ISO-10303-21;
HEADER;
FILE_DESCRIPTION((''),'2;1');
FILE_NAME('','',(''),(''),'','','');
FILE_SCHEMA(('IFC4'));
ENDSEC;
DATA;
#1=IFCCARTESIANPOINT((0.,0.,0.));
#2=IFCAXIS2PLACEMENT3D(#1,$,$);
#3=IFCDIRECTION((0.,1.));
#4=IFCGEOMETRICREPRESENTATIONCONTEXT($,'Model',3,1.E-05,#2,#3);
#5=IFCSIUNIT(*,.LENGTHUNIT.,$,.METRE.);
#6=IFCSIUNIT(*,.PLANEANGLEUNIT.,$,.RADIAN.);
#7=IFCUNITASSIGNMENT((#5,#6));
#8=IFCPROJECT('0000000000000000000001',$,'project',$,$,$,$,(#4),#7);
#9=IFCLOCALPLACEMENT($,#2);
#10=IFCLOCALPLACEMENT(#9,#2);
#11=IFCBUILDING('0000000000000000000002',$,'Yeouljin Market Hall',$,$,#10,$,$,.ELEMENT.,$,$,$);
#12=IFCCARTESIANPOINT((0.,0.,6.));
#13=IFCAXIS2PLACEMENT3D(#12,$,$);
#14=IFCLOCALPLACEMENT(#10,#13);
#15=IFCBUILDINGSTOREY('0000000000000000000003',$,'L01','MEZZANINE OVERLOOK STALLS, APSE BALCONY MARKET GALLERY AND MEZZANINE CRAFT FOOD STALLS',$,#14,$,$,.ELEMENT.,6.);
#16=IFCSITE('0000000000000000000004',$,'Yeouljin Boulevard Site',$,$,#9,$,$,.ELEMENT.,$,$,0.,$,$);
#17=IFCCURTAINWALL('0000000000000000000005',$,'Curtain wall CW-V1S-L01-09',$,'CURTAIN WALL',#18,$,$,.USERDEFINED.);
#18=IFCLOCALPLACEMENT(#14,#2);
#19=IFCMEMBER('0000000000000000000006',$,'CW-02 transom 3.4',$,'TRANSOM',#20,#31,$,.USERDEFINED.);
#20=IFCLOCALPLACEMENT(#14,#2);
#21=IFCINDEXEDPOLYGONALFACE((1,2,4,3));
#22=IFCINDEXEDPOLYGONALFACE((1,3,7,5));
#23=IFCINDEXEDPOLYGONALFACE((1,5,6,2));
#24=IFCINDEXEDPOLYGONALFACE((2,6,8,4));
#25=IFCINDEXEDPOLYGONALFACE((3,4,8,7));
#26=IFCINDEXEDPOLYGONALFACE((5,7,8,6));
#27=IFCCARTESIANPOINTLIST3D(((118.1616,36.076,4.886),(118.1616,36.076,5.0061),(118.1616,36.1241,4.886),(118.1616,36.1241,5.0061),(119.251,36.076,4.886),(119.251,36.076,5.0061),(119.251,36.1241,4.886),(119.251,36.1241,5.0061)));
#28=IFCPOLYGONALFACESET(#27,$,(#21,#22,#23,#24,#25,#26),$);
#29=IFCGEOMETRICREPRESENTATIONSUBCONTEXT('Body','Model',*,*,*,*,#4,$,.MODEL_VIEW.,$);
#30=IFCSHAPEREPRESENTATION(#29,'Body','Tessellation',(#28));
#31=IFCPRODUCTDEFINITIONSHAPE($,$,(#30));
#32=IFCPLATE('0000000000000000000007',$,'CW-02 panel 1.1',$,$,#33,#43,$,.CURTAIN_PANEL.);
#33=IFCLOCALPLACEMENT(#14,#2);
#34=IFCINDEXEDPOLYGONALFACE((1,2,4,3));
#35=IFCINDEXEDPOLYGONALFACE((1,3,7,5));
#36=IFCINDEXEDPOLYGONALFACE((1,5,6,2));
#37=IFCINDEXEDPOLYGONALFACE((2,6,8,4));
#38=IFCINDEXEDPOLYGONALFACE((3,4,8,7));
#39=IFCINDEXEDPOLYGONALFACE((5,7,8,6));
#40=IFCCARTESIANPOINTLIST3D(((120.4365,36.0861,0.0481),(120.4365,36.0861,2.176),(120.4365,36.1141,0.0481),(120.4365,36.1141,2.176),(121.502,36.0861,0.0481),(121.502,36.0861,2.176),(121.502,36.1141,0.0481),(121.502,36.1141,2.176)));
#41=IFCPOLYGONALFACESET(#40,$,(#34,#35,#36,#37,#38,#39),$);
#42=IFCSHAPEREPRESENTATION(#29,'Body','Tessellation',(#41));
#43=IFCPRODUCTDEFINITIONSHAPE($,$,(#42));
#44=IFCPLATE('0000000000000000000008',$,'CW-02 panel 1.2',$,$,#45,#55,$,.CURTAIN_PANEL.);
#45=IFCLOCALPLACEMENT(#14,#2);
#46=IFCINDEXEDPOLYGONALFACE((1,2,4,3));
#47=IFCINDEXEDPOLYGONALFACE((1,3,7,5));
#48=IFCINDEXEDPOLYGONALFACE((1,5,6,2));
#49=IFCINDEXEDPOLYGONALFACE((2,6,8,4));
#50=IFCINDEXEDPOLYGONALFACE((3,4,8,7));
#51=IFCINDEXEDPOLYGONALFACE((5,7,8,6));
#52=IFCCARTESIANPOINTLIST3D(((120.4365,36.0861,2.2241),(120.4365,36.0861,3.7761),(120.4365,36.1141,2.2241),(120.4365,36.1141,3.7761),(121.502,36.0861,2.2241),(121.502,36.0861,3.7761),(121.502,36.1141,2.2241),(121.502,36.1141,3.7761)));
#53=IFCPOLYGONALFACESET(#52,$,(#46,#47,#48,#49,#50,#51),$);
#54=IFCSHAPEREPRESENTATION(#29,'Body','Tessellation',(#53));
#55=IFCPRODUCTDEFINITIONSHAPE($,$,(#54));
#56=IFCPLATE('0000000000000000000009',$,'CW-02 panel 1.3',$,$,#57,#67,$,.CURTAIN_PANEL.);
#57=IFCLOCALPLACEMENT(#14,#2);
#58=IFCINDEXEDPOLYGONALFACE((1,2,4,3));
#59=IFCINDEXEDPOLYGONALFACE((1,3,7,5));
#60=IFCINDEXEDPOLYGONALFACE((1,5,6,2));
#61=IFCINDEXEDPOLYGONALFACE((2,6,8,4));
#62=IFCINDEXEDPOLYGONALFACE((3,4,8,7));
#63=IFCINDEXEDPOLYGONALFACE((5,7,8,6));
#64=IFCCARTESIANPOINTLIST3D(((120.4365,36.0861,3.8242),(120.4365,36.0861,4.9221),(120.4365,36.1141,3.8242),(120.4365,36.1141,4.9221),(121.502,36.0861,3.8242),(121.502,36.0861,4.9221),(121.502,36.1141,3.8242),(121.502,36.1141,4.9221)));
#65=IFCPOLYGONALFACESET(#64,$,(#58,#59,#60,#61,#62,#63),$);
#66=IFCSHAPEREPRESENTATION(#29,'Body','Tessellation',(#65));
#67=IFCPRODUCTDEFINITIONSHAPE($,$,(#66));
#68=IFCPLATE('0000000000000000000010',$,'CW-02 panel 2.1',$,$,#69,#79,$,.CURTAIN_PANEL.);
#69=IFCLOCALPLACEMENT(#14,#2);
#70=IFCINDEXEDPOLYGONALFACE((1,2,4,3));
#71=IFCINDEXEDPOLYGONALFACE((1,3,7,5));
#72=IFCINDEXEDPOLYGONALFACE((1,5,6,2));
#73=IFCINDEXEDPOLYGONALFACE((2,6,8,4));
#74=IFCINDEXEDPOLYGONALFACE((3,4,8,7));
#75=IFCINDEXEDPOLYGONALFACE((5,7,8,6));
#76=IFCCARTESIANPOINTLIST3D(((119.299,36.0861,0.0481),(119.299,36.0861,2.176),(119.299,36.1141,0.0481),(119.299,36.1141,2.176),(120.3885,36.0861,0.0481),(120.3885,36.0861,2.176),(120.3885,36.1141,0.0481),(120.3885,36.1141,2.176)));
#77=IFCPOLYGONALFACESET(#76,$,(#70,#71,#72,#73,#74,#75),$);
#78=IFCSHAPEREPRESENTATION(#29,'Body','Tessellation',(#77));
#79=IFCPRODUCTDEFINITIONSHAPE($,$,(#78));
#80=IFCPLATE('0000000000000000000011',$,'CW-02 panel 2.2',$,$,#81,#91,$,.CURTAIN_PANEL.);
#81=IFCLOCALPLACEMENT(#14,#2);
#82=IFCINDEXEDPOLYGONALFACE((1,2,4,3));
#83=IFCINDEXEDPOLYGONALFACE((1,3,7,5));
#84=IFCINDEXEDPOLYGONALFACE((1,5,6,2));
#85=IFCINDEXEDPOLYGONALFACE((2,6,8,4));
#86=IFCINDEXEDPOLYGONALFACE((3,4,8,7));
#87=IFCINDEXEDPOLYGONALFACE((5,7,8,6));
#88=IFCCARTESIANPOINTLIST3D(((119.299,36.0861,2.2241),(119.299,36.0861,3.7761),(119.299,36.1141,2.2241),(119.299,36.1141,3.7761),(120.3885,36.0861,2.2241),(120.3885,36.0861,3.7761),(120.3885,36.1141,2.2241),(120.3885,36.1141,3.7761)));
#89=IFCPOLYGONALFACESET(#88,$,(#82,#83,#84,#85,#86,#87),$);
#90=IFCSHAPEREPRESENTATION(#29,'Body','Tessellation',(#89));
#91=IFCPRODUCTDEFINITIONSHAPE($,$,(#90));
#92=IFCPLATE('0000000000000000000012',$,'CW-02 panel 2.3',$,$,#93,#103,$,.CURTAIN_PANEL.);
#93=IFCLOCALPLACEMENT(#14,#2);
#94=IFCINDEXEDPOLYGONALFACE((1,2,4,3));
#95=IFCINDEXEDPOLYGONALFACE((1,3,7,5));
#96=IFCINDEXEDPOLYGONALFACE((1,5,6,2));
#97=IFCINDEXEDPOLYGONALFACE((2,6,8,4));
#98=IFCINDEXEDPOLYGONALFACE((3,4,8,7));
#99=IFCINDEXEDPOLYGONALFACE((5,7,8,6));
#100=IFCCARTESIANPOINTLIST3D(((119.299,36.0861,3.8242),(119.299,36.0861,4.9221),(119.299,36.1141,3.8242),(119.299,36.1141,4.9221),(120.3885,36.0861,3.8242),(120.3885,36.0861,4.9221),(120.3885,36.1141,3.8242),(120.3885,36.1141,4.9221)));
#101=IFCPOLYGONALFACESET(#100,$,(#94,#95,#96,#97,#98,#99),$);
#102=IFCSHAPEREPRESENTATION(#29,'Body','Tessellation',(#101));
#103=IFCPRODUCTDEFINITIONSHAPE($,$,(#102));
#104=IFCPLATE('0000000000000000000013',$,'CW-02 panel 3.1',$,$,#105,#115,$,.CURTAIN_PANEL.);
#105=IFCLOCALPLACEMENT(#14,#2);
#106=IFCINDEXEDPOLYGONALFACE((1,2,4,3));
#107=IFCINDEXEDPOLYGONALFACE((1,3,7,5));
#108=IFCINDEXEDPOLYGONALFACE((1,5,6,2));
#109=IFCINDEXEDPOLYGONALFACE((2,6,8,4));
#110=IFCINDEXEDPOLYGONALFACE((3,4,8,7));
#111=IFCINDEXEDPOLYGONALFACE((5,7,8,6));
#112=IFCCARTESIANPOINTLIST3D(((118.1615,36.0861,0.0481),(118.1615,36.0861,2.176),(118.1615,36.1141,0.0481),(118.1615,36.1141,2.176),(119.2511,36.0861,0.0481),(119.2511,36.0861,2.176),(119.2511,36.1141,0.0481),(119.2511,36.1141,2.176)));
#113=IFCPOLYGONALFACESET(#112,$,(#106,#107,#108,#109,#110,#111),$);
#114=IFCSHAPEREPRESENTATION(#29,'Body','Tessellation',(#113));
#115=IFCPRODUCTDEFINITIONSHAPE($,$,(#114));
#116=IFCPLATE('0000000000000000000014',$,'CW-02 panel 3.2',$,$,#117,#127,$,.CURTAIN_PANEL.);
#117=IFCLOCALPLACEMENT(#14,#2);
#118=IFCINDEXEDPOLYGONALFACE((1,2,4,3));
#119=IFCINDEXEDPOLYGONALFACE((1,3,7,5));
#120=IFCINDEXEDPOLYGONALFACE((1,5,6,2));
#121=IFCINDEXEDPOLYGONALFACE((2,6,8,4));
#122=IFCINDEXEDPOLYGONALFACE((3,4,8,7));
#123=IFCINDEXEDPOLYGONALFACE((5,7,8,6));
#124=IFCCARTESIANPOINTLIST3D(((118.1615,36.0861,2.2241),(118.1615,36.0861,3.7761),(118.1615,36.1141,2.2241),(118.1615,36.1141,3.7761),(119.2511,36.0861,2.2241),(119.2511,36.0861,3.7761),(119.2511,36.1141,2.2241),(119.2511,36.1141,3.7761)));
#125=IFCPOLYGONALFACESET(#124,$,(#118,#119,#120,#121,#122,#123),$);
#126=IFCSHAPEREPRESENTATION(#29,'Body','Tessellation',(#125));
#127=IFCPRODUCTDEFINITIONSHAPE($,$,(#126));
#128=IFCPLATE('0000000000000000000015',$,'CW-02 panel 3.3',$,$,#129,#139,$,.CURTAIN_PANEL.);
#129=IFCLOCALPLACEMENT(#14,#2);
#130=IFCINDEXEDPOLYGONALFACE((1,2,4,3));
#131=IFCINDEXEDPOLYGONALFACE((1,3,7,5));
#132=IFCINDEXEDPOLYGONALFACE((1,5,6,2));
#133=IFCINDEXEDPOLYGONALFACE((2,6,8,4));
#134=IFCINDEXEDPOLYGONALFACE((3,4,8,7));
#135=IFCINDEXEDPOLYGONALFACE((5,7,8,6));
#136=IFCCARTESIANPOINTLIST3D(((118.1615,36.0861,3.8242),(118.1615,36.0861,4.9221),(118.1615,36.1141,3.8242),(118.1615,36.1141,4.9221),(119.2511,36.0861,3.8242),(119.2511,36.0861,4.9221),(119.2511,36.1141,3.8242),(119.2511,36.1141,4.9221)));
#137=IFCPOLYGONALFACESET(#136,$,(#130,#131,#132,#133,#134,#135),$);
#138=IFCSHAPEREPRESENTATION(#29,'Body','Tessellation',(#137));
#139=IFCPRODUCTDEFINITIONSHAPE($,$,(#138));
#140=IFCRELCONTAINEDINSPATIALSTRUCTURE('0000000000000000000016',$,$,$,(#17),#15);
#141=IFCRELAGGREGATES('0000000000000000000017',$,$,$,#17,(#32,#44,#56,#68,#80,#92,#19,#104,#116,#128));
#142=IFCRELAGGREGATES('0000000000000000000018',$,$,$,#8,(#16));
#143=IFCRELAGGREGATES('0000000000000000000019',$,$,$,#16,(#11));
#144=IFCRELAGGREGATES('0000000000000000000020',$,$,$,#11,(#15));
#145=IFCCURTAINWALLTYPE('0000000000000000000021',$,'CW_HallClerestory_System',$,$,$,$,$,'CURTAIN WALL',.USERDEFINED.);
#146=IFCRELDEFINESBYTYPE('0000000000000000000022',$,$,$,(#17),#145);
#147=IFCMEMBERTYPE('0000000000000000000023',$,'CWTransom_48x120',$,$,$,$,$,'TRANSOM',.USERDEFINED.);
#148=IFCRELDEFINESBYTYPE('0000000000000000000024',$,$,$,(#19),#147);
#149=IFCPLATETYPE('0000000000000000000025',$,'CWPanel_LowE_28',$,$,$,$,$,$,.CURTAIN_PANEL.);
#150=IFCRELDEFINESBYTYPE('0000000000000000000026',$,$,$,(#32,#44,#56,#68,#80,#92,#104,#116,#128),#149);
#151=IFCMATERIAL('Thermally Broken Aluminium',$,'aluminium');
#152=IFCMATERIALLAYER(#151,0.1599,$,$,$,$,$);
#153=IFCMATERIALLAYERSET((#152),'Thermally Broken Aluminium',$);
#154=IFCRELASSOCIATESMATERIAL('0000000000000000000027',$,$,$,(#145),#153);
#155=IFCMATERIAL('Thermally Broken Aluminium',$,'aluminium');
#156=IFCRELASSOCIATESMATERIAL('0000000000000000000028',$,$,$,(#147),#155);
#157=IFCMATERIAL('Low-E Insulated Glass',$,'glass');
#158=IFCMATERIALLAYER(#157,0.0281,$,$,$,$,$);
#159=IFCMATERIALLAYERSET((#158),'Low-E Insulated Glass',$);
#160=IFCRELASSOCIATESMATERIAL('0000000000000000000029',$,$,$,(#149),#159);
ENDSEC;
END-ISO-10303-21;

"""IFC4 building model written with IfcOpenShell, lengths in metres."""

from ifc_helpers import new_model, si_unit, direction, frame, origin, origin_2d, place, context, subcontext, project, spatial, rectangle, extrude, material, layer, layer_set, material_profile, profile_set, type_object, element, aggregate, save


model = new_model("IFC4")

# Units and contexts
model_context = context("Model", 3, precision=1e-05, world=origin(), true_north=direction((0.0, 1.0)))
body_context = subcontext(model_context, "Body", "Model", "MODEL_VIEW")
ifc_project = project(units=[si_unit("LENGTHUNIT", "METRE"), si_unit("PLANEANGLEUNIT", "RADIAN")], contexts=[model_context])

# Site, building, storey
site_placement = place(None, origin())
site = spatial("IfcSite", under=ifc_project, at=site_placement, Name="Yeouljin Boulevard Site", CompositionType="ELEMENT", RefElevation=0.0)
building_placement = place(site_placement, origin())
building = spatial("IfcBuilding", under=site, at=building_placement, Name="Yeouljin Market Hall", CompositionType="ELEMENT")
storey_placement = place(building_placement, frame((0.0, 0.0, 6.0)))
storey = spatial("IfcBuildingStorey", under=building, at=storey_placement, Name="L01", Description="MEZZANINE OVERLOOK STALLS, APSE BALCONY MARKET GALLERY AND MEZZANINE CRAFT FOOD STALLS", CompositionType="ELEMENT", Elevation=6.0)

# Curtain wall, member, plates
ifc_material_1 = material(Name="Thermally Broken Aluminium", Category="aluminium")
ifc_layer_1 = layer(ifc_material_1, 0.1599)
ifc_layer_set_1 = layer_set([ifc_layer_1], Name="Thermally Broken Aluminium")
curtain_wall_type = type_object("IfcCurtainWallType", Name="CW_HallClerestory_System", ElementType="CURTAIN WALL", PredefinedType="USERDEFINED", material=ifc_layer_set_1)
curtain_wall_placement = place(storey_placement, origin())
curtain_wall = element("IfcCurtainWall", 1, at=curtain_wall_placement, inside=storey, type_object=curtain_wall_type, Name="Curtain wall CW-V1S-L01-09", ObjectType="CURTAIN WALL", PredefinedType="USERDEFINED")
ifc_material_2 = material(Name="Thermally Broken Aluminium", Category="aluminium")
ifc_material_profile_1 = material_profile(ifc_material_2, rectangle(XDim=0.0481, YDim=0.1201, at=origin_2d()), Name="CW-TRAN-48x120")
ifc_profile_set_1 = profile_set([ifc_material_profile_1], Name="Thermally Broken Aluminium")
member_type_1 = type_object("IfcMemberType", Name="CWTransom_48x120", ElementType="TRANSOM", PredefinedType="USERDEFINED", material=ifc_profile_set_1)
member_1_placement = place(storey_placement, frame((119.251, 36.1001, 4.946), z_axis=(-1.0, 0.0, 0.0), x_axis=(0.0, -1.0, 0.0)))
member_1 = element("IfcMember", 2, at=member_1_placement, type_object=member_type_1, Name="CW-02 transom 3.4", ObjectType="TRANSOM", PredefinedType="USERDEFINED", context=body_context, shape_type="SweptSolid", body=[
    extrude(rectangle(XDim=0.0481, YDim=0.1201, at=origin_2d()), origin(), (0.0, 0.0, 1.0), 1.0894),
])
ifc_material_3 = material(Name="Low-E Insulated Glass", Category="glass")
ifc_layer_2 = layer(ifc_material_3, 0.0281)
ifc_layer_set_2 = layer_set([ifc_layer_2], Name="Low-E Insulated Glass")
plate_type = type_object("IfcPlateType", Name="CWPanel_LowE_28", PredefinedType="CURTAIN_PANEL", material=ifc_layer_set_2)
plate_1_placement = place(storey_placement, frame((120.9692, 36.1001, 0.0481), z_axis=(0.0, 0.0, 1.0), x_axis=(-1.0, 0.0, 0.0)))
plate_1 = element("IfcPlate", 3, at=plate_1_placement, type_object=plate_type, Name="CW-02 panel 1.1", PredefinedType="CURTAIN_PANEL", context=body_context, shape_type="SweptSolid", body=[
    extrude(rectangle(XDim=1.0654, YDim=0.0281, at=origin_2d()), origin(), (0.0, 0.0, 1.0), 2.1279),
])
plate_2_placement = place(storey_placement, frame((120.9692, 36.1001, 2.2241), z_axis=(0.0, 0.0, 1.0), x_axis=(-1.0, 0.0, 0.0)))
plate_2 = element("IfcPlate", 4, at=plate_2_placement, type_object=plate_type, Name="CW-02 panel 1.2", PredefinedType="CURTAIN_PANEL", context=body_context, shape_type="SweptSolid", body=[
    extrude(rectangle(XDim=1.0654, YDim=0.0281, at=origin_2d()), origin(), (0.0, 0.0, 1.0), 1.552),
])
plate_3_placement = place(storey_placement, frame((120.9692, 36.1001, 3.8242), z_axis=(0.0, 0.0, 1.0), x_axis=(-1.0, 0.0, 0.0)))
plate_3 = element("IfcPlate", 5, at=plate_3_placement, type_object=plate_type, Name="CW-02 panel 1.3", PredefinedType="CURTAIN_PANEL", context=body_context, shape_type="SweptSolid", body=[
    extrude(rectangle(XDim=1.0654, YDim=0.0281, at=origin_2d()), origin(), (0.0, 0.0, 1.0), 1.0979),
])
plate_4_placement = place(storey_placement, frame((119.8438, 36.1001, 0.0481), z_axis=(0.0, 0.0, 1.0), x_axis=(-1.0, 0.0, 0.0)))
plate_4 = element("IfcPlate", 6, at=plate_4_placement, type_object=plate_type, Name="CW-02 panel 2.1", PredefinedType="CURTAIN_PANEL", context=body_context, shape_type="SweptSolid", body=[
    extrude(rectangle(XDim=1.0896, YDim=0.0281, at=origin_2d()), origin(), (0.0, 0.0, 1.0), 2.1279),
])
plate_5_placement = place(storey_placement, frame((119.8438, 36.1001, 2.2241), z_axis=(0.0, 0.0, 1.0), x_axis=(-1.0, 0.0, 0.0)))
plate_5 = element("IfcPlate", 7, at=plate_5_placement, type_object=plate_type, Name="CW-02 panel 2.2", PredefinedType="CURTAIN_PANEL", context=body_context, shape_type="SweptSolid", body=[
    extrude(rectangle(XDim=1.0896, YDim=0.0281, at=origin_2d()), origin(), (0.0, 0.0, 1.0), 1.552),
])
plate_6_placement = place(storey_placement, frame((119.8438, 36.1001, 3.8242), z_axis=(0.0, 0.0, 1.0), x_axis=(-1.0, 0.0, 0.0)))
plate_6 = element("IfcPlate", 8, at=plate_6_placement, type_object=plate_type, Name="CW-02 panel 2.3", PredefinedType="CURTAIN_PANEL", context=body_context, shape_type="SweptSolid", body=[
    extrude(rectangle(XDim=1.0896, YDim=0.0281, at=origin_2d()), origin(), (0.0, 0.0, 1.0), 1.0979),
])
plate_7_placement = place(storey_placement, frame((118.7063, 36.1001, 0.0481), z_axis=(0.0, 0.0, 1.0), x_axis=(-1.0, 0.0, 0.0)))
plate_7 = element("IfcPlate", 9, at=plate_7_placement, type_object=plate_type, Name="CW-02 panel 3.1", PredefinedType="CURTAIN_PANEL", context=body_context, shape_type="SweptSolid", body=[
    extrude(rectangle(XDim=1.0896, YDim=0.0281, at=origin_2d()), origin(), (0.0, 0.0, 1.0), 2.1279),
])
plate_8_placement = place(storey_placement, frame((118.7063, 36.1001, 2.2241), z_axis=(0.0, 0.0, 1.0), x_axis=(-1.0, 0.0, 0.0)))
plate_8 = element("IfcPlate", 10, at=plate_8_placement, type_object=plate_type, Name="CW-02 panel 3.2", PredefinedType="CURTAIN_PANEL", context=body_context, shape_type="SweptSolid", body=[
    extrude(rectangle(XDim=1.0896, YDim=0.0281, at=origin_2d()), origin(), (0.0, 0.0, 1.0), 1.552),
])
plate_9_placement = place(storey_placement, frame((118.7063, 36.1001, 3.8242), z_axis=(0.0, 0.0, 1.0), x_axis=(-1.0, 0.0, 0.0)))
plate_9 = element("IfcPlate", 11, at=plate_9_placement, type_object=plate_type, Name="CW-02 panel 3.3", PredefinedType="CURTAIN_PANEL", context=body_context, shape_type="SweptSolid", body=[
    extrude(rectangle(XDim=1.0896, YDim=0.0281, at=origin_2d()), origin(), (0.0, 0.0, 1.0), 1.0979),
])
aggregate(curtain_wall, [plate_1, plate_2, plate_3, plate_4, plate_5, plate_6, member_1, plate_7, plate_8, plate_9])

save(model, "model.ifc")
